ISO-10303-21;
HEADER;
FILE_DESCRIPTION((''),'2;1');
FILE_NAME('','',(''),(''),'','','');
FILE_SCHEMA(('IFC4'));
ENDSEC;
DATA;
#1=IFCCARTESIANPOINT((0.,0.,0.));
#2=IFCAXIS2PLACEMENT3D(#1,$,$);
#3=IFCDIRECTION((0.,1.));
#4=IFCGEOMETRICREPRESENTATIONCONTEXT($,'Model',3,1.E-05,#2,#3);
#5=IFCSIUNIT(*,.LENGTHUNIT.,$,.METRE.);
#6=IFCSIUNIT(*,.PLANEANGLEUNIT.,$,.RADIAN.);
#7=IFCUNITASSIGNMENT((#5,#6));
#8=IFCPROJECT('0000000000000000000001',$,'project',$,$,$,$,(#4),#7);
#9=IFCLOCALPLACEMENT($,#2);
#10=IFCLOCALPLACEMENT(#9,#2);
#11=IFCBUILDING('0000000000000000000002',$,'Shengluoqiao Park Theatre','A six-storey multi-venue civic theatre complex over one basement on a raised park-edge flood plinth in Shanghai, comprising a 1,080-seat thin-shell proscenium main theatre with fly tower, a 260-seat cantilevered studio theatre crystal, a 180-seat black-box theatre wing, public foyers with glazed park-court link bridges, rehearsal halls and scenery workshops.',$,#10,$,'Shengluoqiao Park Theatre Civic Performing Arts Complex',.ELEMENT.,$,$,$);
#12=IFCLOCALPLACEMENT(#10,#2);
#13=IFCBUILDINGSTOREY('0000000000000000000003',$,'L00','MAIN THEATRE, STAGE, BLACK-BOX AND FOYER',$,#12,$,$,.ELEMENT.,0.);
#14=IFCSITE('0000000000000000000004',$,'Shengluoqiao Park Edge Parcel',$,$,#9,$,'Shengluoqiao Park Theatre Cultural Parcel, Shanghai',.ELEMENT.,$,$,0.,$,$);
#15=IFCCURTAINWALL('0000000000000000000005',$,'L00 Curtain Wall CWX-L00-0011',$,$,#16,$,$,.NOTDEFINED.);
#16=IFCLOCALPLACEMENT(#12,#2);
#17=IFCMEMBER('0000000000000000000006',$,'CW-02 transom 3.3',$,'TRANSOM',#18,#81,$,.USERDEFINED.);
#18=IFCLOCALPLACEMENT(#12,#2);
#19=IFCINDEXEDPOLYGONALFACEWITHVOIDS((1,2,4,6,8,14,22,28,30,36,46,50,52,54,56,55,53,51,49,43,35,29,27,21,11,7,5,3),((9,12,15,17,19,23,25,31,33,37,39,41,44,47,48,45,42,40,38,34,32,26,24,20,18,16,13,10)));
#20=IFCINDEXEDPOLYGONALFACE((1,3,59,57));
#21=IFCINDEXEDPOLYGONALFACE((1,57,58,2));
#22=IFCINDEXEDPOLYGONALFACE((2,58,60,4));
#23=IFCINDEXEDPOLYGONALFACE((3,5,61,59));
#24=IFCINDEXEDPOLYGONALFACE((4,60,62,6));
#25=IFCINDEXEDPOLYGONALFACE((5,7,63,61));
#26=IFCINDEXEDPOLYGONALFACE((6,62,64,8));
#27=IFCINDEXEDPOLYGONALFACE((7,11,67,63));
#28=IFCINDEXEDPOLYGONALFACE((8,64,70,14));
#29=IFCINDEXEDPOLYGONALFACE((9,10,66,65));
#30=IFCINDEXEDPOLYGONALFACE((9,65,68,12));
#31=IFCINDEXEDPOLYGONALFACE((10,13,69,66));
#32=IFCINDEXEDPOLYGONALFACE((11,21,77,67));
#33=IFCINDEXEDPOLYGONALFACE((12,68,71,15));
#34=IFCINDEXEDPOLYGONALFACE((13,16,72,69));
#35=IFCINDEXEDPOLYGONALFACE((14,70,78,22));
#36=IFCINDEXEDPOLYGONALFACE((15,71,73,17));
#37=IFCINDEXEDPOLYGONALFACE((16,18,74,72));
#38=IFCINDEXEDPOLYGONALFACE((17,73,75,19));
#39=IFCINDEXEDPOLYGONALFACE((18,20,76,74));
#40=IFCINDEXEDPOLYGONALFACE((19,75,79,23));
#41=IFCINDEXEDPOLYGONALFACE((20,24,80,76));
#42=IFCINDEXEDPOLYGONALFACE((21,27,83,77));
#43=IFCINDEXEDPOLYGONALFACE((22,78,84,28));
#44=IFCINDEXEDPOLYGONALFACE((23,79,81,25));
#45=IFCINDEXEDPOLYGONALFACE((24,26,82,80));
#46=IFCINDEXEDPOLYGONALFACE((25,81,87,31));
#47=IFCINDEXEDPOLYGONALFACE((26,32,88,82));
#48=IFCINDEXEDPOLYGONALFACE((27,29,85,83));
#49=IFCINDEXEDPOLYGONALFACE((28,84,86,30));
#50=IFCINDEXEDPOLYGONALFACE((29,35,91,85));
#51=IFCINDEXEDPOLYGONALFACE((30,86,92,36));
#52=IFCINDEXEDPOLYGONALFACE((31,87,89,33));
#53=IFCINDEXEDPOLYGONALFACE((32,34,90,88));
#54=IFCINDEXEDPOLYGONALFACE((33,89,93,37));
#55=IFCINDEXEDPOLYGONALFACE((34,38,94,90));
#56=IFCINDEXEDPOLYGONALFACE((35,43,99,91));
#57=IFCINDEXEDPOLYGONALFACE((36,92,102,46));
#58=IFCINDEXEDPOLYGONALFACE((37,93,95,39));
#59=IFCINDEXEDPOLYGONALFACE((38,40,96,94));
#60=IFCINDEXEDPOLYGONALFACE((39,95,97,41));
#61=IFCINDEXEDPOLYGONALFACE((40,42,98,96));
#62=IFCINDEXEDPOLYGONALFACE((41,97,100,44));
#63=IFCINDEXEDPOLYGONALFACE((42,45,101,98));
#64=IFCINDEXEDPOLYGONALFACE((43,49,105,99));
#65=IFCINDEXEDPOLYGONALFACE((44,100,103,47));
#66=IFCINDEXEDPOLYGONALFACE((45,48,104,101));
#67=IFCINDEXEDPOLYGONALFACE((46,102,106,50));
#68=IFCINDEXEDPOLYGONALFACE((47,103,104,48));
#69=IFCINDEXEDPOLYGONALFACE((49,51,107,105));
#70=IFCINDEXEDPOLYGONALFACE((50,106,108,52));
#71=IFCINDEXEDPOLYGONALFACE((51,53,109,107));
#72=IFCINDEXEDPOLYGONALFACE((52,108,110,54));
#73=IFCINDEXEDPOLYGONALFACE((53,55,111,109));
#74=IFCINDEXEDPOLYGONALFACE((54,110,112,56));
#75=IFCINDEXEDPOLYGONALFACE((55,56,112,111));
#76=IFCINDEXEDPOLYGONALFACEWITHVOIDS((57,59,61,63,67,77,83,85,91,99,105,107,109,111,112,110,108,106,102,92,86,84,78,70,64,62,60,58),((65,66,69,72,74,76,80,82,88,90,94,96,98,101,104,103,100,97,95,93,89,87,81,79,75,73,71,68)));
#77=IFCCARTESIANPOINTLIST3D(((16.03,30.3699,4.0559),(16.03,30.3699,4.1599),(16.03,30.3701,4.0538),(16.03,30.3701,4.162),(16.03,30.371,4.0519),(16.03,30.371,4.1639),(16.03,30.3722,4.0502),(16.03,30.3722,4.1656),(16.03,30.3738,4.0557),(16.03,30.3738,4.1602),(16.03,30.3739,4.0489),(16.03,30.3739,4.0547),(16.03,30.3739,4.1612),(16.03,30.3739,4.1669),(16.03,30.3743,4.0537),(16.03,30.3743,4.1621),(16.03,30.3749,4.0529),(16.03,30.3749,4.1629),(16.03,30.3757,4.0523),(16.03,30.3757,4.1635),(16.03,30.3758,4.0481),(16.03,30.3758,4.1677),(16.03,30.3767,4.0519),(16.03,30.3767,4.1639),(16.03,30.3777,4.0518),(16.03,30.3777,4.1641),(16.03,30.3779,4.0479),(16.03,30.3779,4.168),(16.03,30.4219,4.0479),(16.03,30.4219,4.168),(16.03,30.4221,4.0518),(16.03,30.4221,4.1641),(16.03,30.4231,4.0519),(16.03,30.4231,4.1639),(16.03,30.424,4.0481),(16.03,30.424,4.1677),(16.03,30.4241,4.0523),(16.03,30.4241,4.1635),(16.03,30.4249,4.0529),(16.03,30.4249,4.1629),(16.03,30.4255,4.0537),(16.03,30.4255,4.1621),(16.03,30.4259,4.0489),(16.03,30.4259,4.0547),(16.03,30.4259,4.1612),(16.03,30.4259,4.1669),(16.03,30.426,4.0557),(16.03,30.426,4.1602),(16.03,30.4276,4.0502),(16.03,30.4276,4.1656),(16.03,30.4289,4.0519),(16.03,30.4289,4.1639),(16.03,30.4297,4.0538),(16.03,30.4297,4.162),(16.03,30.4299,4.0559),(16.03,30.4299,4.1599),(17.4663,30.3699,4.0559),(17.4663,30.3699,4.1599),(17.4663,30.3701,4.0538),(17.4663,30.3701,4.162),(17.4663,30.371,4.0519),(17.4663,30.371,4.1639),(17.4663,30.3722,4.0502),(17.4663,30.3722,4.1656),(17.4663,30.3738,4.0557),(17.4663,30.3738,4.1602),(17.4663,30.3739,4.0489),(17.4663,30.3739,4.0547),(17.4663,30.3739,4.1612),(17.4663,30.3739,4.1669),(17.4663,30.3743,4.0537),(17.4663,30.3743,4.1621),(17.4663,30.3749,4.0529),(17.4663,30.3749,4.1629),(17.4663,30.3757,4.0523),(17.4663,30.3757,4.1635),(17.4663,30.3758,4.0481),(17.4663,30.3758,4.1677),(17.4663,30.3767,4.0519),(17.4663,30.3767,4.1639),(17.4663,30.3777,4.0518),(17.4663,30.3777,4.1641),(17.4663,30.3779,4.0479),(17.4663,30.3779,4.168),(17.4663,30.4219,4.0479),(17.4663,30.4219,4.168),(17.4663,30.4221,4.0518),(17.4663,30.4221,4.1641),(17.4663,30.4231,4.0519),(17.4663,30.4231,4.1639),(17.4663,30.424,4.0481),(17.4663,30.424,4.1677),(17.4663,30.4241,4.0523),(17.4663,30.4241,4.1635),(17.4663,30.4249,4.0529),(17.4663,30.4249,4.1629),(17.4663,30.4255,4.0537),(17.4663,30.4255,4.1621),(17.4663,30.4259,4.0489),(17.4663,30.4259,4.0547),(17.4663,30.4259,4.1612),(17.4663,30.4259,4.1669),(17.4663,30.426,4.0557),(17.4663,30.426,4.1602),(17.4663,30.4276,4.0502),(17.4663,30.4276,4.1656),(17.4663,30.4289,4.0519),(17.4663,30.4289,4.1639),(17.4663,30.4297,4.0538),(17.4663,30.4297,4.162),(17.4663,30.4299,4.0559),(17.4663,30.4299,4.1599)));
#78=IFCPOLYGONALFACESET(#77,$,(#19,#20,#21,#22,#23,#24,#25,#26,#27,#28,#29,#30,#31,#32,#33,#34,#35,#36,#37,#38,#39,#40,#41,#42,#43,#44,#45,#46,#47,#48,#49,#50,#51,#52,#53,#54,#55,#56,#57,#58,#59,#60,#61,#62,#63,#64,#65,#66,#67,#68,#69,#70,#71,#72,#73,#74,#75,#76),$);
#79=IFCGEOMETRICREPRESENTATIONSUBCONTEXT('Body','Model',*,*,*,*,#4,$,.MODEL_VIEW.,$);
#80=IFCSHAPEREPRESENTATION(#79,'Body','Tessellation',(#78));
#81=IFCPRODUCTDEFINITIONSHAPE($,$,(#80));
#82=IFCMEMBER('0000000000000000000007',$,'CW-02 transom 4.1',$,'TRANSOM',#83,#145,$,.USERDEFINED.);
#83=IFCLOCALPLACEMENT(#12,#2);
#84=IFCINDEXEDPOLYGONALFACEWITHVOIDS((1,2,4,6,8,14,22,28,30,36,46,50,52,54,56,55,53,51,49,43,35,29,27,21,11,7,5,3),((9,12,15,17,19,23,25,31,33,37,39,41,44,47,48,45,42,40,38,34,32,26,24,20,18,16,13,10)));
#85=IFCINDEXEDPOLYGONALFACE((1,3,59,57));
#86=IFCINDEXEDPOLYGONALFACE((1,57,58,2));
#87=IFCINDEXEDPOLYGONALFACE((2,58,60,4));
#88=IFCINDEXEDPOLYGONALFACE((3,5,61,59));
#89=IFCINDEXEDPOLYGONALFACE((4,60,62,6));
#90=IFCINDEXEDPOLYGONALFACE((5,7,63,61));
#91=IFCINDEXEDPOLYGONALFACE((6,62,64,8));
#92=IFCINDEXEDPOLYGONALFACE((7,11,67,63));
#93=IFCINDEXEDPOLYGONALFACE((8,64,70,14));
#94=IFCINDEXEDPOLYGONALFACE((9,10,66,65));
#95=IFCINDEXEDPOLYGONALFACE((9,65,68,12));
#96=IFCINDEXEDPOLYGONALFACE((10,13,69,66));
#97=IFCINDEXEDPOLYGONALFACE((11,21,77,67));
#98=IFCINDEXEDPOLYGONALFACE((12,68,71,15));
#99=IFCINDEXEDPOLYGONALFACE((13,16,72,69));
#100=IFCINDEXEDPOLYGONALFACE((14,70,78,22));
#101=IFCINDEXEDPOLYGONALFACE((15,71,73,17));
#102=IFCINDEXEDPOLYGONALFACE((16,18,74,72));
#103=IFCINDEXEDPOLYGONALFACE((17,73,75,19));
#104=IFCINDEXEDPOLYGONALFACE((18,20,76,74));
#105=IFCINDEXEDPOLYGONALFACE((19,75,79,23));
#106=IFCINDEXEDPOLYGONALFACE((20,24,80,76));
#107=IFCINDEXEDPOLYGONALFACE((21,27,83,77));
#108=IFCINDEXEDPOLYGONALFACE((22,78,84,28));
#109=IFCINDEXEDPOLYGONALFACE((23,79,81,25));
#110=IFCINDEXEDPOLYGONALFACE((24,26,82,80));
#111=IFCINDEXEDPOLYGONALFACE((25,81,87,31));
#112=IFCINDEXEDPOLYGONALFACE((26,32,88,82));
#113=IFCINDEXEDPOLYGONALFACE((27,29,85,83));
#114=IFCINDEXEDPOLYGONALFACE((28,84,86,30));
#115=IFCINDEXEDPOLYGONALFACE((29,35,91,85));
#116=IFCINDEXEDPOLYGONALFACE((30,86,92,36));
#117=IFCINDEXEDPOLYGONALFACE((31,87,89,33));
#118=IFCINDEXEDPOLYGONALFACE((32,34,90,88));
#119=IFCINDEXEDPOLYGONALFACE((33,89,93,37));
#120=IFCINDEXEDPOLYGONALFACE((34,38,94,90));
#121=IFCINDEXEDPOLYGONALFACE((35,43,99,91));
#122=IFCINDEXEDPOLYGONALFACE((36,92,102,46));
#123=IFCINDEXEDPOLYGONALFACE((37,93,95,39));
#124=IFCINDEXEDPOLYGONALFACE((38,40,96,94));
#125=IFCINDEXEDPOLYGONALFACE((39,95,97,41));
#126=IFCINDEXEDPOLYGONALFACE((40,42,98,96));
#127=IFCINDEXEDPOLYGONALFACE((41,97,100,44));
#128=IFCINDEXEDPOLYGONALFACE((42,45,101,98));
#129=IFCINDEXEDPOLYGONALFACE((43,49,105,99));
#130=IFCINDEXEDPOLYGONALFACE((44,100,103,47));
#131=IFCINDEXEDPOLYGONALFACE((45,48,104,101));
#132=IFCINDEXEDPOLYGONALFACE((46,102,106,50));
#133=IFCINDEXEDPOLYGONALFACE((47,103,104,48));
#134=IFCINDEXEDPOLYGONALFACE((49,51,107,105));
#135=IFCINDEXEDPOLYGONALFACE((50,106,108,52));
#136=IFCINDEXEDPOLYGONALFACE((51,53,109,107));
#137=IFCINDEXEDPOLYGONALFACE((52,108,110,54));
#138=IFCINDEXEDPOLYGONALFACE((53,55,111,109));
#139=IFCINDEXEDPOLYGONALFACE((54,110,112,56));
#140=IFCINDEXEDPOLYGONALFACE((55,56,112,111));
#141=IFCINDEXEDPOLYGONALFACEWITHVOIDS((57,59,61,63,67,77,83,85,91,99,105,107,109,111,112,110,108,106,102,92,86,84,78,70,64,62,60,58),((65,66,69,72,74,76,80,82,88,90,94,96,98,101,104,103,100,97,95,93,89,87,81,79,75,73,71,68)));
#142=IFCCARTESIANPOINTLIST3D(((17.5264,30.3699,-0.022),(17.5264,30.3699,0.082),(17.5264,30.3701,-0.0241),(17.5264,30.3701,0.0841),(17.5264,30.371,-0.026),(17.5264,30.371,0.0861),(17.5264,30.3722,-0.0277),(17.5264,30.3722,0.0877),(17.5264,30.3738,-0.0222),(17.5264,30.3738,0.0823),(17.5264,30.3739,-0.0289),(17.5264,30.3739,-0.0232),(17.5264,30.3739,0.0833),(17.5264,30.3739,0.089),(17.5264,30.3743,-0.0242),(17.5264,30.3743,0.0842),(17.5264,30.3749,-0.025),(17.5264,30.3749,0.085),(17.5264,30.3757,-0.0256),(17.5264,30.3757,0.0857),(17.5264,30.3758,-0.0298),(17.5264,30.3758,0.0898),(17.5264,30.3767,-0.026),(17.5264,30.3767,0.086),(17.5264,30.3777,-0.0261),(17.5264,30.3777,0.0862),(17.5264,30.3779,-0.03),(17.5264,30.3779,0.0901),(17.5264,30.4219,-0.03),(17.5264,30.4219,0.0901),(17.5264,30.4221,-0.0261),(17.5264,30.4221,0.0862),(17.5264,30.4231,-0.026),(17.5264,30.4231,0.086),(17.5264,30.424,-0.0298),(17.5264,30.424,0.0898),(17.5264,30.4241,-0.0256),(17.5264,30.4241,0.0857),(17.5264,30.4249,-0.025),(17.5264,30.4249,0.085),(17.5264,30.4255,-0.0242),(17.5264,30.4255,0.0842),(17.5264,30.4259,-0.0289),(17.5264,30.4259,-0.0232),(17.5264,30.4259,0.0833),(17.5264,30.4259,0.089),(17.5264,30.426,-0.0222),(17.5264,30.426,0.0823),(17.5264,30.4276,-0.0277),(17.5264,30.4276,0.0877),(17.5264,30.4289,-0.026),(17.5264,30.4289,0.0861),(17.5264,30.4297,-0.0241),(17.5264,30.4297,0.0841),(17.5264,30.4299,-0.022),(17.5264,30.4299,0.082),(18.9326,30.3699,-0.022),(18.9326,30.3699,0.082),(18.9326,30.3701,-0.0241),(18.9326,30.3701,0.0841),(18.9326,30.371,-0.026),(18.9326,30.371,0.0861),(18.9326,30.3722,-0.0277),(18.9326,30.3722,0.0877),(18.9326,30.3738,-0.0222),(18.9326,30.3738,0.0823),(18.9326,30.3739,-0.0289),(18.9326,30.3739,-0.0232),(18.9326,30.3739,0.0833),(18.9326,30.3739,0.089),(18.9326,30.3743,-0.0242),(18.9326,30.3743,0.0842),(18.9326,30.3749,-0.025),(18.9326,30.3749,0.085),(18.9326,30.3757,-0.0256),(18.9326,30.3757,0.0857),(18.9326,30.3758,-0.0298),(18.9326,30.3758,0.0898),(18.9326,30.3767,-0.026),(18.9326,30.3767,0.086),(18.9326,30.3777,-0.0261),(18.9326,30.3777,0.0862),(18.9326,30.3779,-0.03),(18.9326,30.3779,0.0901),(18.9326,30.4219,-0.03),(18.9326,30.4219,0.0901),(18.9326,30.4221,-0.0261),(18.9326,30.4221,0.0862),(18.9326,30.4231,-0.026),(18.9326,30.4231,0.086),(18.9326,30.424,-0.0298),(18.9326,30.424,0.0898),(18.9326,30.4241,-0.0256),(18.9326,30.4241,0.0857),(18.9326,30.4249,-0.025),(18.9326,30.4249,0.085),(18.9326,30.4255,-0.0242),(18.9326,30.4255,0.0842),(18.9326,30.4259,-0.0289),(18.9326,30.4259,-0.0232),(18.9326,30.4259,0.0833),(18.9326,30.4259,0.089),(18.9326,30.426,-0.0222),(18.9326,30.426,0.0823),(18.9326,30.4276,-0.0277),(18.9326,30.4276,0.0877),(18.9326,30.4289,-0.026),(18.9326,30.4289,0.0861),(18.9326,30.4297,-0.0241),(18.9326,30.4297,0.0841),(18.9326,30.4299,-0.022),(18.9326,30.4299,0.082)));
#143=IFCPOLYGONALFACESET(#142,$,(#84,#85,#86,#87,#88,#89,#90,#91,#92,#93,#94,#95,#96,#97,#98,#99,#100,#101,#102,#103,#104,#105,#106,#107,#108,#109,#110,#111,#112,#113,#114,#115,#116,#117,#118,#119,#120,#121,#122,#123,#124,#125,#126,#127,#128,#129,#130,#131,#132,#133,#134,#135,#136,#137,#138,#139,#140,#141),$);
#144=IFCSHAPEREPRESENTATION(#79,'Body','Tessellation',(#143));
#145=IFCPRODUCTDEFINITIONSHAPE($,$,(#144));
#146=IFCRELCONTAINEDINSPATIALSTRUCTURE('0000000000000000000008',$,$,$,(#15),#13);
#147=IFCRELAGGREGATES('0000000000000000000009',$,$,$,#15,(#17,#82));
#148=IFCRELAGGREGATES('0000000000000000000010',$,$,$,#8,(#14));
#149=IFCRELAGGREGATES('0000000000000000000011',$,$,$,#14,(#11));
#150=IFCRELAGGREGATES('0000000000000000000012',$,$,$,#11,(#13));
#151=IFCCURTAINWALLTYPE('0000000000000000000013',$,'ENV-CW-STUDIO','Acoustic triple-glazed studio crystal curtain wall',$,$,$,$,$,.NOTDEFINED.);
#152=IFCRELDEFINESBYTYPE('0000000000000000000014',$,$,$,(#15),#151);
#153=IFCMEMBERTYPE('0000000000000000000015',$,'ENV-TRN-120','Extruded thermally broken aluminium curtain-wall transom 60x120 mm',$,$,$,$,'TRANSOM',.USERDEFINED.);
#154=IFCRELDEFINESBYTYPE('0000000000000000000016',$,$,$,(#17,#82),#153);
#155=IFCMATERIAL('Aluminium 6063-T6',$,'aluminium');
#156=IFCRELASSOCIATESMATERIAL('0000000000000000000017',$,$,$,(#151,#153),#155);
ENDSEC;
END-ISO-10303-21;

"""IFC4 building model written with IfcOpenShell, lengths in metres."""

from ifc_helpers import new_model, si_unit, direction, frame, origin, origin_2d, place, context, subcontext, project, spatial, hollow_rectangle, extrude, material, material_profile, profile_set, type_object, element, aggregate, save


model = new_model("IFC4")

# Units and contexts
model_context = context("Model", 3, precision=1e-05, world=origin(), true_north=direction((0.0, 1.0)))
body_context = subcontext(model_context, "Body", "Model", "MODEL_VIEW")
ifc_project = project(units=[si_unit("LENGTHUNIT", "METRE"), si_unit("PLANEANGLEUNIT", "RADIAN")], contexts=[model_context])

# Site, building, storey
site_placement = place(None, origin())
site = spatial("IfcSite", under=ifc_project, at=site_placement, Name="Shengluoqiao Park Edge Parcel", LongName="Shengluoqiao Park Theatre Cultural Parcel, Shanghai", CompositionType="ELEMENT", RefElevation=0.0)
building_placement = place(site_placement, origin())
building = spatial("IfcBuilding", under=site, at=building_placement, Name="Shengluoqiao Park Theatre", Description="A six-storey multi-venue civic theatre complex over one basement on a raised park-edge flood plinth in Shanghai, comprising a 1,080-seat thin-shell proscenium main theatre with fly tower, a 260-seat cantilevered studio theatre crystal, a 180-seat black-box theatre wing, public foyers with glazed park-court link bridges, rehearsal halls and scenery workshops.", LongName="Shengluoqiao Park Theatre Civic Performing Arts Complex", CompositionType="ELEMENT")
storey_placement = place(building_placement, origin())
storey = spatial("IfcBuildingStorey", under=building, at=storey_placement, Name="L00", Description="MAIN THEATRE, STAGE, BLACK-BOX AND FOYER", CompositionType="ELEMENT", Elevation=0.0)

# Curtain wall, members
ifc_material_1 = material(Name="Aluminium 6063-T6", Category="aluminium")
curtain_wall_type = type_object("IfcCurtainWallType", Name="ENV-CW-STUDIO", Description="Acoustic triple-glazed studio crystal curtain wall", PredefinedType="NOTDEFINED", material=ifc_material_1)
curtain_wall_placement = place(storey_placement, origin())
curtain_wall = element("IfcCurtainWall", 1, at=curtain_wall_placement, inside=storey, type_object=curtain_wall_type, Name="L00 Curtain Wall CWX-L00-0011", PredefinedType="NOTDEFINED")
ifc_material_profile_1 = material_profile(ifc_material_1, hollow_rectangle(XDim=0.0601, YDim=0.1201, WallThickness=0.0039, InnerFilletRadius=0.0039, OuterFilletRadius=0.0081, at=origin_2d()), Name="ALU TRANSOM 120x60x4")
ifc_profile_set_1 = profile_set([ifc_material_profile_1], Name="Aluminium 6063-T6")
member_type_1 = type_object("IfcMemberType", Name="ENV-TRN-120", Description="Extruded thermally broken aluminium curtain-wall transom 60x120 mm", ElementType="TRANSOM", PredefinedType="USERDEFINED", material=ifc_profile_set_1)
member_1_placement = place(storey_placement, frame((16.03, 30.3999, 4.1079), z_axis=(1.0, 0.0, 0.0), x_axis=(0.0, 1.0, 0.0)))
member_1 = element("IfcMember", 2, at=member_1_placement, type_object=member_type_1, Name="CW-02 transom 3.3", ObjectType="TRANSOM", PredefinedType="USERDEFINED", context=body_context, shape_type="SweptSolid", body=[
    extrude(hollow_rectangle(XDim=0.0601, YDim=0.1201, WallThickness=0.0039, InnerFilletRadius=0.0039, OuterFilletRadius=0.0081, at=origin_2d()), origin(), (0.0, 0.0, 1.0), 1.4363),
])
member_2_placement = place(storey_placement, frame((17.5264, 30.3999, 0.03), z_axis=(1.0, 0.0, 0.0), x_axis=(0.0, 1.0, 0.0)))
member_2 = element("IfcMember", 3, at=member_2_placement, type_object=member_type_1, Name="CW-02 transom 4.1", ObjectType="TRANSOM", PredefinedType="USERDEFINED", context=body_context, shape_type="SweptSolid", body=[
    extrude(hollow_rectangle(XDim=0.0601, YDim=0.1201, WallThickness=0.0039, InnerFilletRadius=0.0039, OuterFilletRadius=0.0081, at=origin_2d()), origin(), (0.0, 0.0, 1.0), 1.4062),
])
aggregate(curtain_wall, [member_1, member_2])

save(model, "model.ifc")
